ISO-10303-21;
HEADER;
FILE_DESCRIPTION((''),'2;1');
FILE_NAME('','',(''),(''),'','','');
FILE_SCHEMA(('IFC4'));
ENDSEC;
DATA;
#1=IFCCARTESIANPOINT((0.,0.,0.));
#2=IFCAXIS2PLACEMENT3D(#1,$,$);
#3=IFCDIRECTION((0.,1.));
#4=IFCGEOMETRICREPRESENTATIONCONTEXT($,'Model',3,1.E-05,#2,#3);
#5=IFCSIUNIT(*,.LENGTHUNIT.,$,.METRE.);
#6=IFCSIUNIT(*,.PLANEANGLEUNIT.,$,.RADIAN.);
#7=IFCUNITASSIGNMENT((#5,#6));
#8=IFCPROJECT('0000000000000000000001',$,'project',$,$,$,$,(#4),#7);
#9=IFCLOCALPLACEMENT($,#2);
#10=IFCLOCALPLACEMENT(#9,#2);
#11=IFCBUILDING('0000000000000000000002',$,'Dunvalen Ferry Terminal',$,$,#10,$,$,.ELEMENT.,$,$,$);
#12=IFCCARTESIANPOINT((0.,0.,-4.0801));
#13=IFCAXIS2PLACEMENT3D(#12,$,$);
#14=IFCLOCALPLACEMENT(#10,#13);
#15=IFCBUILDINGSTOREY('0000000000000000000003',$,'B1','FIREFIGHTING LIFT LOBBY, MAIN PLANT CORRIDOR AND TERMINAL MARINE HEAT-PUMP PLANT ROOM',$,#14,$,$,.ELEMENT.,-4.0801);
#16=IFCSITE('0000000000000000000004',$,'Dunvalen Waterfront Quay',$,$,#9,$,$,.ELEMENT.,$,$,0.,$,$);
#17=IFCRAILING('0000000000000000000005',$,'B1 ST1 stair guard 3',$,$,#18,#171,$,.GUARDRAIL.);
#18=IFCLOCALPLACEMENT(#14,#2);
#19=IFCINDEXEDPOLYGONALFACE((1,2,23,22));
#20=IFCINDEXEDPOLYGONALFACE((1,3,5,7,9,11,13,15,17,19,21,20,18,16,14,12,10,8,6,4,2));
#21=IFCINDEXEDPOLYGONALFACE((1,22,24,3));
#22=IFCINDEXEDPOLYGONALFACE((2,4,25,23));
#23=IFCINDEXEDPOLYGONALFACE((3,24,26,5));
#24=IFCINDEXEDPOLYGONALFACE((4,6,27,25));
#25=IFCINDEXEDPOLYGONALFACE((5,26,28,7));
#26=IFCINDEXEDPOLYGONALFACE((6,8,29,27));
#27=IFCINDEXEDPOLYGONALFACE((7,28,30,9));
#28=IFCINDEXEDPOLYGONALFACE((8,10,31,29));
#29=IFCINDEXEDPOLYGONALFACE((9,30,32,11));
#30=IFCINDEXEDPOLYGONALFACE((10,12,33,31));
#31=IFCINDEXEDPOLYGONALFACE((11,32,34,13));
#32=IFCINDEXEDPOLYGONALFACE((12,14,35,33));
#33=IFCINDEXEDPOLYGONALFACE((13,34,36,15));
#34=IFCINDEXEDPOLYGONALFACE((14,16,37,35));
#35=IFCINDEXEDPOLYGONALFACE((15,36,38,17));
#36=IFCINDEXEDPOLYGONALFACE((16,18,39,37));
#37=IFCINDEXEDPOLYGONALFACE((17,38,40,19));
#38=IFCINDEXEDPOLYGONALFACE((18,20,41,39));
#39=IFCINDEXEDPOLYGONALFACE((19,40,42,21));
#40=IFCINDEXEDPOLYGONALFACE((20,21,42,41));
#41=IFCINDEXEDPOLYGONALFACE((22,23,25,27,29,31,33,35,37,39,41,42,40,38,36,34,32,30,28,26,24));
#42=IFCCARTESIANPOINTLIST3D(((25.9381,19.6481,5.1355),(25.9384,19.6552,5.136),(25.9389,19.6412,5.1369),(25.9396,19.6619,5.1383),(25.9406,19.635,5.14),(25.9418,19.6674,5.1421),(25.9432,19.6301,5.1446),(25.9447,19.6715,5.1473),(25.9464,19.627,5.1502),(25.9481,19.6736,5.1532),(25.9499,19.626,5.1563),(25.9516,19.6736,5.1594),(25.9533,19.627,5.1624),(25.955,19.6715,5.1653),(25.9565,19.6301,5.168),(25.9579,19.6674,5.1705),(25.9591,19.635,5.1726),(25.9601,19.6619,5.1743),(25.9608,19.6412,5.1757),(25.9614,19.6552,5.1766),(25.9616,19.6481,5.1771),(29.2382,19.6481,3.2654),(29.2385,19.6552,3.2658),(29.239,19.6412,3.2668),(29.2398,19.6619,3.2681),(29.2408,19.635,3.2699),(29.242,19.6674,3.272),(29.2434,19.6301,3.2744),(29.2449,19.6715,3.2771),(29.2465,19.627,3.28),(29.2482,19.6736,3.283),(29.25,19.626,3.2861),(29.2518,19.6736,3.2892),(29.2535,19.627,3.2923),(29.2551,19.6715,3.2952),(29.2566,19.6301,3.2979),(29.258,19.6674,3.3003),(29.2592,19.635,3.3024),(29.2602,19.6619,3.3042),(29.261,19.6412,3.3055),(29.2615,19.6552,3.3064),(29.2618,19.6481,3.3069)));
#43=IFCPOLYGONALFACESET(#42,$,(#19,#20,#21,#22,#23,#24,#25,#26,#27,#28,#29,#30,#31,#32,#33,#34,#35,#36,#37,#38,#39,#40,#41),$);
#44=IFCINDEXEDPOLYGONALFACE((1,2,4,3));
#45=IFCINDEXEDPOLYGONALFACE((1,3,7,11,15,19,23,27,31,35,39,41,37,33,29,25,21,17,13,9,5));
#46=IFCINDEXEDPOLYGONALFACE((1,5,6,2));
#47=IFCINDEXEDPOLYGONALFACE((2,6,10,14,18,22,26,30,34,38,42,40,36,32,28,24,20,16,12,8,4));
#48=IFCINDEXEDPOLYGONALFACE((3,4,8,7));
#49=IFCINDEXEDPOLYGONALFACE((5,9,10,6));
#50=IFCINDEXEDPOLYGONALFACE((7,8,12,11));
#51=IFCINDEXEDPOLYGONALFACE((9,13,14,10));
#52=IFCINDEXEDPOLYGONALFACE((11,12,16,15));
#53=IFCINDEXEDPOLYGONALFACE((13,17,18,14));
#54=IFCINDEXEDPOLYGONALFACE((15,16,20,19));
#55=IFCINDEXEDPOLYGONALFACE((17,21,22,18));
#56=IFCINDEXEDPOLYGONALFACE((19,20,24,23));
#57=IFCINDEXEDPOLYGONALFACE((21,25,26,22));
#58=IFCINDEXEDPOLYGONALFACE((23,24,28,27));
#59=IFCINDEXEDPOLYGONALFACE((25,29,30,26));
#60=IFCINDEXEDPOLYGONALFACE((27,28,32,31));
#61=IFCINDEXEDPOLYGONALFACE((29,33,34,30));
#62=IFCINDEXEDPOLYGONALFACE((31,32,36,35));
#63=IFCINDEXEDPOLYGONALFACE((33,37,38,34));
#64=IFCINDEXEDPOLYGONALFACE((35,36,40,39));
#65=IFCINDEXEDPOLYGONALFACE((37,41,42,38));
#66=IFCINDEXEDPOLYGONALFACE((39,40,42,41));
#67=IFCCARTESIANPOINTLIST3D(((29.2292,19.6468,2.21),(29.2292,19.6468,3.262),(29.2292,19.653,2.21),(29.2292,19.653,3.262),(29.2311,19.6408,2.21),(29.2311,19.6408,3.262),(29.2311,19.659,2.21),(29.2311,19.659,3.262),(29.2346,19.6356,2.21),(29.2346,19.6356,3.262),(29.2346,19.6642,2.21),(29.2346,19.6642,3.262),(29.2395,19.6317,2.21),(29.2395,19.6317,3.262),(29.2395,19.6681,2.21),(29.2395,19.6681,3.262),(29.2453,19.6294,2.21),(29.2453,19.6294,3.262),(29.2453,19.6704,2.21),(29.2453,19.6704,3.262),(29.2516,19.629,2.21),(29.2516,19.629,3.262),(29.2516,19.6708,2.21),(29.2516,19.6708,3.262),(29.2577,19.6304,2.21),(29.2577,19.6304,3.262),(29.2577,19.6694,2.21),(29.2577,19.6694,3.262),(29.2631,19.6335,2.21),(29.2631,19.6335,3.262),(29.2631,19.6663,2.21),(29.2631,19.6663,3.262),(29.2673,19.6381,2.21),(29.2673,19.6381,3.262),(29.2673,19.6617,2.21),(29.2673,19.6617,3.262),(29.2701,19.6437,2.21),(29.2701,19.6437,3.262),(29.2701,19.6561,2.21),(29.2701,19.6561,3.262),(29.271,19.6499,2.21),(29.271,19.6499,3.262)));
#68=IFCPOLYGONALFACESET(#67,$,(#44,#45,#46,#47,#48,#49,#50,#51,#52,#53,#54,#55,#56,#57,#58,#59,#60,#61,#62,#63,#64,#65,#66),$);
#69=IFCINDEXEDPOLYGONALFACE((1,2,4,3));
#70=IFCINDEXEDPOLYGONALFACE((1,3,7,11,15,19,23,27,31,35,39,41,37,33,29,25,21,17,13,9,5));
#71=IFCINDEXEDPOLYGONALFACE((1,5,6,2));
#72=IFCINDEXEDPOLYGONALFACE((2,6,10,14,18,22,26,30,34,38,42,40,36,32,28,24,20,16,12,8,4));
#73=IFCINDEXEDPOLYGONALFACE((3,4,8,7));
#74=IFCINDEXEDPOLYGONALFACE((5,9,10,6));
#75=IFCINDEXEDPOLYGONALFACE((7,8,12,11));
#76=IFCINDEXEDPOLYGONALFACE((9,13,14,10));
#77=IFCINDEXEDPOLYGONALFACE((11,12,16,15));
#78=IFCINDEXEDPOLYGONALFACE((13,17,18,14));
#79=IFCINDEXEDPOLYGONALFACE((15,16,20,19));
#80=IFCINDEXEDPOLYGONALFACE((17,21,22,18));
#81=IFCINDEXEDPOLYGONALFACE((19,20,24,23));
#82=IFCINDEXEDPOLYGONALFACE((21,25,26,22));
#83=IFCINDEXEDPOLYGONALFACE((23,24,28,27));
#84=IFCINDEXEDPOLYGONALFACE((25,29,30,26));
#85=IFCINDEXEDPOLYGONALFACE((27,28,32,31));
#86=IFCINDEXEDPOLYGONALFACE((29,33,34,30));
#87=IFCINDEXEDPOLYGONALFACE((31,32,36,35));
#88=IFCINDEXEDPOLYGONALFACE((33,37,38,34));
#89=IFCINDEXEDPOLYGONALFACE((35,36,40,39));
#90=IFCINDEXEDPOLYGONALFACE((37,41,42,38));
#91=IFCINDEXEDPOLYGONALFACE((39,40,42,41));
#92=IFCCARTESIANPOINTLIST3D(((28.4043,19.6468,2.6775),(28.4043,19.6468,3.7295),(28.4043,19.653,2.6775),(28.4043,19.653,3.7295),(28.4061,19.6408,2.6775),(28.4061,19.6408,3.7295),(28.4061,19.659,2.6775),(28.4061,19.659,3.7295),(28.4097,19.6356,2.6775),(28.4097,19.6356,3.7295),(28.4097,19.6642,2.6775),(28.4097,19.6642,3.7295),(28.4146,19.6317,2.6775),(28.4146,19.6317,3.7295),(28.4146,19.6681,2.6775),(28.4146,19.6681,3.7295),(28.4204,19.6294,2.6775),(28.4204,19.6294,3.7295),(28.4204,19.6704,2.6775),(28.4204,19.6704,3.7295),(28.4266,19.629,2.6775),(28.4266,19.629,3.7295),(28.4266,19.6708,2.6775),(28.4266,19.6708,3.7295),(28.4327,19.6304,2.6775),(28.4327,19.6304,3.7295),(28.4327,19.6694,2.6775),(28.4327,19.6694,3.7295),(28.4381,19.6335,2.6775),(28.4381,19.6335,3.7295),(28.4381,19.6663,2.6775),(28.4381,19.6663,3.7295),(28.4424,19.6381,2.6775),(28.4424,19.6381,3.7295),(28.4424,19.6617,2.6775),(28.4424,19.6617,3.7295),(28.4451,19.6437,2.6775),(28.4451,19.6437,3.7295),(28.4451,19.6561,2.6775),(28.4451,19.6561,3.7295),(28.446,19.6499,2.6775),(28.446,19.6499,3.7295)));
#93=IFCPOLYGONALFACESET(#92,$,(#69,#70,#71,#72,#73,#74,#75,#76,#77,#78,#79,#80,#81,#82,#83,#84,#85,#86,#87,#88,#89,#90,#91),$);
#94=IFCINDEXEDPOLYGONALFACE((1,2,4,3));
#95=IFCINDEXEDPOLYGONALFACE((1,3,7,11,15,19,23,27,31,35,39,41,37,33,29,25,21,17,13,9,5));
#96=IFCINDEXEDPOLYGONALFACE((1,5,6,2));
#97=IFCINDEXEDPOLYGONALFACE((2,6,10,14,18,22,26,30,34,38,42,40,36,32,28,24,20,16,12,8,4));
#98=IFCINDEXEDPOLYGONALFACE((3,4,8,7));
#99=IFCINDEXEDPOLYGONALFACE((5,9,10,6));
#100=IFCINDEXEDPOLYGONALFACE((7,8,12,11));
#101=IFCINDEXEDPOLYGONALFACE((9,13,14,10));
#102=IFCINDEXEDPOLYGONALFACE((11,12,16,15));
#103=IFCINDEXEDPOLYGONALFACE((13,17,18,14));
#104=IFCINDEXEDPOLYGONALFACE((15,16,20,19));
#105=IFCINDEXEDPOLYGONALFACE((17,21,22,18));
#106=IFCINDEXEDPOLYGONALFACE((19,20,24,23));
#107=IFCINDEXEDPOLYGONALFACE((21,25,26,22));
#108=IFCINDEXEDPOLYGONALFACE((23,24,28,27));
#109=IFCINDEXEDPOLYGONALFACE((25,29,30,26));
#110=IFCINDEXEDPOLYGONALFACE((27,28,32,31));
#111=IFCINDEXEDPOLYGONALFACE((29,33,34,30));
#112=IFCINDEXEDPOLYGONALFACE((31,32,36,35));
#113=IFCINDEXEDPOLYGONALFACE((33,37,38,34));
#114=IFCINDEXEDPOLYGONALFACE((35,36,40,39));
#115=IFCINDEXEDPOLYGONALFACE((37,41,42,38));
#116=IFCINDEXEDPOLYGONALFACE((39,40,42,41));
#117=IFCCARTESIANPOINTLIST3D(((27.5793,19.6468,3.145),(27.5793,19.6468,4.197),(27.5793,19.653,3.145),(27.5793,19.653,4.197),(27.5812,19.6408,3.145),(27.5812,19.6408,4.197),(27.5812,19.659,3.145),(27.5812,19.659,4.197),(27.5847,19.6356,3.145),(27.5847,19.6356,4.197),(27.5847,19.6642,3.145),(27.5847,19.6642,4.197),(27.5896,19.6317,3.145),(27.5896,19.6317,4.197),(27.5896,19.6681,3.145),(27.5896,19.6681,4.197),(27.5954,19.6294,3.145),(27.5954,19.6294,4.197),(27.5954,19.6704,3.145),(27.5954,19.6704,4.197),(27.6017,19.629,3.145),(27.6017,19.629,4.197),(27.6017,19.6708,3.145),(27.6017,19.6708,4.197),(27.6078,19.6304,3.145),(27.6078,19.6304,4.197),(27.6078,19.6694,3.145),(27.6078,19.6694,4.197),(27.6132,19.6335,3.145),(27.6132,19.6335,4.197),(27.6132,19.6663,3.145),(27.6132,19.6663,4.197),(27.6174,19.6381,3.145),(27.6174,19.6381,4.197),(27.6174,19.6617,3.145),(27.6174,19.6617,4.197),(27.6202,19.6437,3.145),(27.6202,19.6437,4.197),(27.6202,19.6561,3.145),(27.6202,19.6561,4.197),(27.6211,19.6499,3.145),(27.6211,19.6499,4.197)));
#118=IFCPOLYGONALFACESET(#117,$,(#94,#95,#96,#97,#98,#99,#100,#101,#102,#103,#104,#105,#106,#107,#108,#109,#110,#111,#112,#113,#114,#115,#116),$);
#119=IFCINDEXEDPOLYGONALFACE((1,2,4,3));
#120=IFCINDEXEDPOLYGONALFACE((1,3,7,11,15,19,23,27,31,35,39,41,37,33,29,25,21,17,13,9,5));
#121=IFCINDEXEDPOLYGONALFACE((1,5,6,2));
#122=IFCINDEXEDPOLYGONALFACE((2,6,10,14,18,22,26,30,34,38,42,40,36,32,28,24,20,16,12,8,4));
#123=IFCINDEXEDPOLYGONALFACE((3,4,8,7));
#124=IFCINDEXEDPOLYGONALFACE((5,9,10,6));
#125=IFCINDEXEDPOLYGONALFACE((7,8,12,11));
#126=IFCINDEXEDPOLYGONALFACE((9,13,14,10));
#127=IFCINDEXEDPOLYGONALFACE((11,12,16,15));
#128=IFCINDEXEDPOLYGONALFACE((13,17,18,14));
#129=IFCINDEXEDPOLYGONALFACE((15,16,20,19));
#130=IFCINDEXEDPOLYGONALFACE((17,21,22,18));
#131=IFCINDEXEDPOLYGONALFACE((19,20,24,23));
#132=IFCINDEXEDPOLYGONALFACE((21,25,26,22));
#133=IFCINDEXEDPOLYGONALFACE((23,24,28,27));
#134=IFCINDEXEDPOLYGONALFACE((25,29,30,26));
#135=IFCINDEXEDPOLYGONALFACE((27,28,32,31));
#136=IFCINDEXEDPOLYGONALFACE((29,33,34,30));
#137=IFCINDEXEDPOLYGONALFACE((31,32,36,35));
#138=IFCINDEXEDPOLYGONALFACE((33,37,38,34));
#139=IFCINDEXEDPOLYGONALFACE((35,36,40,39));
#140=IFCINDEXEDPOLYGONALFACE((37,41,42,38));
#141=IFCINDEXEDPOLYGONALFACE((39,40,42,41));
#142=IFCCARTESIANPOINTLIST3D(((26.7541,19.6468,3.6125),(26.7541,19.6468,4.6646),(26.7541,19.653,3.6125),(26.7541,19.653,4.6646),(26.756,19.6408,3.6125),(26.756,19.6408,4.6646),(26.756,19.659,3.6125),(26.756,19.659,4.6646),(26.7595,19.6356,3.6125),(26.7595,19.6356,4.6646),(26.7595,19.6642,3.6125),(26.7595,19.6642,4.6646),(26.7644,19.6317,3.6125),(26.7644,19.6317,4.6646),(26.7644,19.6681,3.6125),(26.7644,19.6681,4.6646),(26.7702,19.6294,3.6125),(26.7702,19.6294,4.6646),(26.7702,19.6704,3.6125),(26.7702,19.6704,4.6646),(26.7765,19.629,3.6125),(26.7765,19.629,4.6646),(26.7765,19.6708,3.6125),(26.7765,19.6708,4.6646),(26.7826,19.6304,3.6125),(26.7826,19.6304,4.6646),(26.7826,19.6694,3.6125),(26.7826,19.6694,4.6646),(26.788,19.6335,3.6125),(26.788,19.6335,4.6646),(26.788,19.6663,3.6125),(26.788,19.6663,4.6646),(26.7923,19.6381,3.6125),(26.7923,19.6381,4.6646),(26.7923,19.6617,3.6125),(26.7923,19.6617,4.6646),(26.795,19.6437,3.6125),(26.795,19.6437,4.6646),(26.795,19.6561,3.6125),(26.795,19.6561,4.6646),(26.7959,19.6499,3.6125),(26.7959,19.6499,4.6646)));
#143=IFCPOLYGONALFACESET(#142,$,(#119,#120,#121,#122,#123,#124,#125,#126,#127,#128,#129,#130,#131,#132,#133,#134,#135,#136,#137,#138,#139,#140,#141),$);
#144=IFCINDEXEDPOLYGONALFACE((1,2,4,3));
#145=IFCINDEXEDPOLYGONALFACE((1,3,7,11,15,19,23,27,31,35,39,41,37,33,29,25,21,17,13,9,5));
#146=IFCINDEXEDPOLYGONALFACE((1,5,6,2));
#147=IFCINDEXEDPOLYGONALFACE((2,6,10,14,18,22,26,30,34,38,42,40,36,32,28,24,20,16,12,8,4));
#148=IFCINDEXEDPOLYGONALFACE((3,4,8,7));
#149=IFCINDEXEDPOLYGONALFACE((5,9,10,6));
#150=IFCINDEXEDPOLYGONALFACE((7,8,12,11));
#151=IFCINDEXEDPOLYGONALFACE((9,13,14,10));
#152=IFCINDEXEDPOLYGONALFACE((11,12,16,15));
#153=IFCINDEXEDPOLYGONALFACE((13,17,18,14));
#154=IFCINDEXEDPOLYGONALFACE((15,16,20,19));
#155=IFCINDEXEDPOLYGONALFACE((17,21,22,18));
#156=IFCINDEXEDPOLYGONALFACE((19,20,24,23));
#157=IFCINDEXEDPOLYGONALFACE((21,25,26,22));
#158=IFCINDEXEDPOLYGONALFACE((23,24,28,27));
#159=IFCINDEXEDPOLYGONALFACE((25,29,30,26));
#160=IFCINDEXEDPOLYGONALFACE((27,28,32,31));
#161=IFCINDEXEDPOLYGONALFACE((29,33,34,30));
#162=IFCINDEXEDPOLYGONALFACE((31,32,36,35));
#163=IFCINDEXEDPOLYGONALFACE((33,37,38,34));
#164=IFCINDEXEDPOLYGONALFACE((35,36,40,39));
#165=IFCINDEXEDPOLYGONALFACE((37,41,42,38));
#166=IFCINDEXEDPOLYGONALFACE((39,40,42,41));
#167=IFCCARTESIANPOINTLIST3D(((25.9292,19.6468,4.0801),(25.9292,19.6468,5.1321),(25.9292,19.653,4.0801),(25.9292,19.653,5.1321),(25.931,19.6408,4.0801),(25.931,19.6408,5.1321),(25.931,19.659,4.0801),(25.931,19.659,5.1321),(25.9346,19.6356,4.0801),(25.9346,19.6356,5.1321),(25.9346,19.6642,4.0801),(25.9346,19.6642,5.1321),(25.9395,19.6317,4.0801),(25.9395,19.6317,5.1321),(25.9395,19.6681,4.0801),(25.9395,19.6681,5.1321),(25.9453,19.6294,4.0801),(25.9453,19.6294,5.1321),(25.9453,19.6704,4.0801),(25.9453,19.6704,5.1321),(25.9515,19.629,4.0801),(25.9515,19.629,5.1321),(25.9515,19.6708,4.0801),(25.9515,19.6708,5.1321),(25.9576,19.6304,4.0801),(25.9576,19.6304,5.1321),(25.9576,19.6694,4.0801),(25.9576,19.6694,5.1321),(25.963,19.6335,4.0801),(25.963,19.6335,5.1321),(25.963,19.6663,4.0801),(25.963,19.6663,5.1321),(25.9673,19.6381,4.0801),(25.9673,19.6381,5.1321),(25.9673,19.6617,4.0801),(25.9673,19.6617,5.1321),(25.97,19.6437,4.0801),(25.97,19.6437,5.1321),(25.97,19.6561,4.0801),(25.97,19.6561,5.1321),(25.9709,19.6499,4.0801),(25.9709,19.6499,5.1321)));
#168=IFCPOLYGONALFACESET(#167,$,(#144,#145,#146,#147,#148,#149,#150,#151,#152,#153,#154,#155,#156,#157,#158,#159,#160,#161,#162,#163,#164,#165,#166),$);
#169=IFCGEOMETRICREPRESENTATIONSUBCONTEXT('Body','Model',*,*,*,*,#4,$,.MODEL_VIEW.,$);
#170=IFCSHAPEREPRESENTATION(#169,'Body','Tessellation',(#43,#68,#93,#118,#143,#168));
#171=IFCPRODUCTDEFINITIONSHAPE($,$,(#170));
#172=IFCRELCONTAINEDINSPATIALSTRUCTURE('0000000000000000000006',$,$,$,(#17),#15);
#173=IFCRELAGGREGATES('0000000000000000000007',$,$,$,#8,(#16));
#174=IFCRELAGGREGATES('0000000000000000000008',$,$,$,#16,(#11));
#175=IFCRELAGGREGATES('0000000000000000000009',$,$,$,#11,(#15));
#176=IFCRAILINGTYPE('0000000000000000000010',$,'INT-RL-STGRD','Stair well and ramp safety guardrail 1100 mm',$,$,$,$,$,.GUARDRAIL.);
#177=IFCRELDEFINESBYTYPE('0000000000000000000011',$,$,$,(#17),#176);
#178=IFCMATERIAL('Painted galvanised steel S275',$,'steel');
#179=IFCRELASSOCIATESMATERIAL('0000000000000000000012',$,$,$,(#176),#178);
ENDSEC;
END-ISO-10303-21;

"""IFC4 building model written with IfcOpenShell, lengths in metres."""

from ifc_helpers import new_model, si_unit, direction, frame, origin, origin_2d, place, context, subcontext, project, spatial, circle, extrude, material, type_object, element, save


model = new_model("IFC4")

# Units and contexts
model_context = context("Model", 3, precision=1e-05, world=origin(), true_north=direction((0.0, 1.0)))
body_context = subcontext(model_context, "Body", "Model", "MODEL_VIEW")
ifc_project = project(units=[si_unit("LENGTHUNIT", "METRE"), si_unit("PLANEANGLEUNIT", "RADIAN")], contexts=[model_context])

# Site, building, storey
site_placement = place(None, origin())
site = spatial("IfcSite", under=ifc_project, at=site_placement, Name="Dunvalen Waterfront Quay", CompositionType="ELEMENT", RefElevation=0.0)
building_placement = place(site_placement, origin())
building = spatial("IfcBuilding", under=site, at=building_placement, Name="Dunvalen Ferry Terminal", CompositionType="ELEMENT")
storey_placement = place(building_placement, frame((0.0, 0.0, -4.0801)))
storey = spatial("IfcBuildingStorey", under=building, at=storey_placement, Name="B1", Description="FIREFIGHTING LIFT LOBBY, MAIN PLANT CORRIDOR AND TERMINAL MARINE HEAT-PUMP PLANT ROOM", CompositionType="ELEMENT", Elevation=-4.0801)

# Railing
ifc_material_1 = material(Name="Painted galvanised steel S275", Category="steel")
railing_type_1 = type_object("IfcRailingType", Name="INT-RL-STGRD", Description="Stair well and ramp safety guardrail 1100 mm", PredefinedType="GUARDRAIL", material=ifc_material_1)
railing_1_placement = place(storey_placement, frame((29.25, 19.6499, 2.21)))
element("IfcRailing", 1, at=railing_1_placement, inside=storey, type_object=railing_type_1, Name="B1 ST1 stair guard 3", PredefinedType="GUARDRAIL", context=body_context, shape_type="SweptSolid", body=[
    extrude(circle(Radius=0.0239, at=origin_2d()), frame((0.0, 0.0, 1.0762), z_axis=(-0.870012, 0.0, 0.49303), x_axis=(0.0, -1.0, 0.0)), (0.0, 0.0, 1.0), 3.7932),
    extrude(circle(Radius=0.021, at=origin_2d()), origin(), (0.0, 0.0, 1.0), 1.052),
    extrude(circle(Radius=0.021, at=origin_2d()), frame((-0.825, 0.0, 0.4675)), (0.0, 0.0, 1.0), 1.052),
    extrude(circle(Radius=0.021, at=origin_2d()), frame((-1.6499, 0.0, 0.9351)), (0.0, 0.0, 1.0), 1.052),
    extrude(circle(Radius=0.021, at=origin_2d()), frame((-2.4751, 0.0, 1.4026)), (0.0, 0.0, 1.0), 1.052),
    extrude(circle(Radius=0.021, at=origin_2d()), frame((-3.3, 0.0, 1.8701)), (0.0, 0.0, 1.0), 1.052),
])

save(model, "model.ifc")
